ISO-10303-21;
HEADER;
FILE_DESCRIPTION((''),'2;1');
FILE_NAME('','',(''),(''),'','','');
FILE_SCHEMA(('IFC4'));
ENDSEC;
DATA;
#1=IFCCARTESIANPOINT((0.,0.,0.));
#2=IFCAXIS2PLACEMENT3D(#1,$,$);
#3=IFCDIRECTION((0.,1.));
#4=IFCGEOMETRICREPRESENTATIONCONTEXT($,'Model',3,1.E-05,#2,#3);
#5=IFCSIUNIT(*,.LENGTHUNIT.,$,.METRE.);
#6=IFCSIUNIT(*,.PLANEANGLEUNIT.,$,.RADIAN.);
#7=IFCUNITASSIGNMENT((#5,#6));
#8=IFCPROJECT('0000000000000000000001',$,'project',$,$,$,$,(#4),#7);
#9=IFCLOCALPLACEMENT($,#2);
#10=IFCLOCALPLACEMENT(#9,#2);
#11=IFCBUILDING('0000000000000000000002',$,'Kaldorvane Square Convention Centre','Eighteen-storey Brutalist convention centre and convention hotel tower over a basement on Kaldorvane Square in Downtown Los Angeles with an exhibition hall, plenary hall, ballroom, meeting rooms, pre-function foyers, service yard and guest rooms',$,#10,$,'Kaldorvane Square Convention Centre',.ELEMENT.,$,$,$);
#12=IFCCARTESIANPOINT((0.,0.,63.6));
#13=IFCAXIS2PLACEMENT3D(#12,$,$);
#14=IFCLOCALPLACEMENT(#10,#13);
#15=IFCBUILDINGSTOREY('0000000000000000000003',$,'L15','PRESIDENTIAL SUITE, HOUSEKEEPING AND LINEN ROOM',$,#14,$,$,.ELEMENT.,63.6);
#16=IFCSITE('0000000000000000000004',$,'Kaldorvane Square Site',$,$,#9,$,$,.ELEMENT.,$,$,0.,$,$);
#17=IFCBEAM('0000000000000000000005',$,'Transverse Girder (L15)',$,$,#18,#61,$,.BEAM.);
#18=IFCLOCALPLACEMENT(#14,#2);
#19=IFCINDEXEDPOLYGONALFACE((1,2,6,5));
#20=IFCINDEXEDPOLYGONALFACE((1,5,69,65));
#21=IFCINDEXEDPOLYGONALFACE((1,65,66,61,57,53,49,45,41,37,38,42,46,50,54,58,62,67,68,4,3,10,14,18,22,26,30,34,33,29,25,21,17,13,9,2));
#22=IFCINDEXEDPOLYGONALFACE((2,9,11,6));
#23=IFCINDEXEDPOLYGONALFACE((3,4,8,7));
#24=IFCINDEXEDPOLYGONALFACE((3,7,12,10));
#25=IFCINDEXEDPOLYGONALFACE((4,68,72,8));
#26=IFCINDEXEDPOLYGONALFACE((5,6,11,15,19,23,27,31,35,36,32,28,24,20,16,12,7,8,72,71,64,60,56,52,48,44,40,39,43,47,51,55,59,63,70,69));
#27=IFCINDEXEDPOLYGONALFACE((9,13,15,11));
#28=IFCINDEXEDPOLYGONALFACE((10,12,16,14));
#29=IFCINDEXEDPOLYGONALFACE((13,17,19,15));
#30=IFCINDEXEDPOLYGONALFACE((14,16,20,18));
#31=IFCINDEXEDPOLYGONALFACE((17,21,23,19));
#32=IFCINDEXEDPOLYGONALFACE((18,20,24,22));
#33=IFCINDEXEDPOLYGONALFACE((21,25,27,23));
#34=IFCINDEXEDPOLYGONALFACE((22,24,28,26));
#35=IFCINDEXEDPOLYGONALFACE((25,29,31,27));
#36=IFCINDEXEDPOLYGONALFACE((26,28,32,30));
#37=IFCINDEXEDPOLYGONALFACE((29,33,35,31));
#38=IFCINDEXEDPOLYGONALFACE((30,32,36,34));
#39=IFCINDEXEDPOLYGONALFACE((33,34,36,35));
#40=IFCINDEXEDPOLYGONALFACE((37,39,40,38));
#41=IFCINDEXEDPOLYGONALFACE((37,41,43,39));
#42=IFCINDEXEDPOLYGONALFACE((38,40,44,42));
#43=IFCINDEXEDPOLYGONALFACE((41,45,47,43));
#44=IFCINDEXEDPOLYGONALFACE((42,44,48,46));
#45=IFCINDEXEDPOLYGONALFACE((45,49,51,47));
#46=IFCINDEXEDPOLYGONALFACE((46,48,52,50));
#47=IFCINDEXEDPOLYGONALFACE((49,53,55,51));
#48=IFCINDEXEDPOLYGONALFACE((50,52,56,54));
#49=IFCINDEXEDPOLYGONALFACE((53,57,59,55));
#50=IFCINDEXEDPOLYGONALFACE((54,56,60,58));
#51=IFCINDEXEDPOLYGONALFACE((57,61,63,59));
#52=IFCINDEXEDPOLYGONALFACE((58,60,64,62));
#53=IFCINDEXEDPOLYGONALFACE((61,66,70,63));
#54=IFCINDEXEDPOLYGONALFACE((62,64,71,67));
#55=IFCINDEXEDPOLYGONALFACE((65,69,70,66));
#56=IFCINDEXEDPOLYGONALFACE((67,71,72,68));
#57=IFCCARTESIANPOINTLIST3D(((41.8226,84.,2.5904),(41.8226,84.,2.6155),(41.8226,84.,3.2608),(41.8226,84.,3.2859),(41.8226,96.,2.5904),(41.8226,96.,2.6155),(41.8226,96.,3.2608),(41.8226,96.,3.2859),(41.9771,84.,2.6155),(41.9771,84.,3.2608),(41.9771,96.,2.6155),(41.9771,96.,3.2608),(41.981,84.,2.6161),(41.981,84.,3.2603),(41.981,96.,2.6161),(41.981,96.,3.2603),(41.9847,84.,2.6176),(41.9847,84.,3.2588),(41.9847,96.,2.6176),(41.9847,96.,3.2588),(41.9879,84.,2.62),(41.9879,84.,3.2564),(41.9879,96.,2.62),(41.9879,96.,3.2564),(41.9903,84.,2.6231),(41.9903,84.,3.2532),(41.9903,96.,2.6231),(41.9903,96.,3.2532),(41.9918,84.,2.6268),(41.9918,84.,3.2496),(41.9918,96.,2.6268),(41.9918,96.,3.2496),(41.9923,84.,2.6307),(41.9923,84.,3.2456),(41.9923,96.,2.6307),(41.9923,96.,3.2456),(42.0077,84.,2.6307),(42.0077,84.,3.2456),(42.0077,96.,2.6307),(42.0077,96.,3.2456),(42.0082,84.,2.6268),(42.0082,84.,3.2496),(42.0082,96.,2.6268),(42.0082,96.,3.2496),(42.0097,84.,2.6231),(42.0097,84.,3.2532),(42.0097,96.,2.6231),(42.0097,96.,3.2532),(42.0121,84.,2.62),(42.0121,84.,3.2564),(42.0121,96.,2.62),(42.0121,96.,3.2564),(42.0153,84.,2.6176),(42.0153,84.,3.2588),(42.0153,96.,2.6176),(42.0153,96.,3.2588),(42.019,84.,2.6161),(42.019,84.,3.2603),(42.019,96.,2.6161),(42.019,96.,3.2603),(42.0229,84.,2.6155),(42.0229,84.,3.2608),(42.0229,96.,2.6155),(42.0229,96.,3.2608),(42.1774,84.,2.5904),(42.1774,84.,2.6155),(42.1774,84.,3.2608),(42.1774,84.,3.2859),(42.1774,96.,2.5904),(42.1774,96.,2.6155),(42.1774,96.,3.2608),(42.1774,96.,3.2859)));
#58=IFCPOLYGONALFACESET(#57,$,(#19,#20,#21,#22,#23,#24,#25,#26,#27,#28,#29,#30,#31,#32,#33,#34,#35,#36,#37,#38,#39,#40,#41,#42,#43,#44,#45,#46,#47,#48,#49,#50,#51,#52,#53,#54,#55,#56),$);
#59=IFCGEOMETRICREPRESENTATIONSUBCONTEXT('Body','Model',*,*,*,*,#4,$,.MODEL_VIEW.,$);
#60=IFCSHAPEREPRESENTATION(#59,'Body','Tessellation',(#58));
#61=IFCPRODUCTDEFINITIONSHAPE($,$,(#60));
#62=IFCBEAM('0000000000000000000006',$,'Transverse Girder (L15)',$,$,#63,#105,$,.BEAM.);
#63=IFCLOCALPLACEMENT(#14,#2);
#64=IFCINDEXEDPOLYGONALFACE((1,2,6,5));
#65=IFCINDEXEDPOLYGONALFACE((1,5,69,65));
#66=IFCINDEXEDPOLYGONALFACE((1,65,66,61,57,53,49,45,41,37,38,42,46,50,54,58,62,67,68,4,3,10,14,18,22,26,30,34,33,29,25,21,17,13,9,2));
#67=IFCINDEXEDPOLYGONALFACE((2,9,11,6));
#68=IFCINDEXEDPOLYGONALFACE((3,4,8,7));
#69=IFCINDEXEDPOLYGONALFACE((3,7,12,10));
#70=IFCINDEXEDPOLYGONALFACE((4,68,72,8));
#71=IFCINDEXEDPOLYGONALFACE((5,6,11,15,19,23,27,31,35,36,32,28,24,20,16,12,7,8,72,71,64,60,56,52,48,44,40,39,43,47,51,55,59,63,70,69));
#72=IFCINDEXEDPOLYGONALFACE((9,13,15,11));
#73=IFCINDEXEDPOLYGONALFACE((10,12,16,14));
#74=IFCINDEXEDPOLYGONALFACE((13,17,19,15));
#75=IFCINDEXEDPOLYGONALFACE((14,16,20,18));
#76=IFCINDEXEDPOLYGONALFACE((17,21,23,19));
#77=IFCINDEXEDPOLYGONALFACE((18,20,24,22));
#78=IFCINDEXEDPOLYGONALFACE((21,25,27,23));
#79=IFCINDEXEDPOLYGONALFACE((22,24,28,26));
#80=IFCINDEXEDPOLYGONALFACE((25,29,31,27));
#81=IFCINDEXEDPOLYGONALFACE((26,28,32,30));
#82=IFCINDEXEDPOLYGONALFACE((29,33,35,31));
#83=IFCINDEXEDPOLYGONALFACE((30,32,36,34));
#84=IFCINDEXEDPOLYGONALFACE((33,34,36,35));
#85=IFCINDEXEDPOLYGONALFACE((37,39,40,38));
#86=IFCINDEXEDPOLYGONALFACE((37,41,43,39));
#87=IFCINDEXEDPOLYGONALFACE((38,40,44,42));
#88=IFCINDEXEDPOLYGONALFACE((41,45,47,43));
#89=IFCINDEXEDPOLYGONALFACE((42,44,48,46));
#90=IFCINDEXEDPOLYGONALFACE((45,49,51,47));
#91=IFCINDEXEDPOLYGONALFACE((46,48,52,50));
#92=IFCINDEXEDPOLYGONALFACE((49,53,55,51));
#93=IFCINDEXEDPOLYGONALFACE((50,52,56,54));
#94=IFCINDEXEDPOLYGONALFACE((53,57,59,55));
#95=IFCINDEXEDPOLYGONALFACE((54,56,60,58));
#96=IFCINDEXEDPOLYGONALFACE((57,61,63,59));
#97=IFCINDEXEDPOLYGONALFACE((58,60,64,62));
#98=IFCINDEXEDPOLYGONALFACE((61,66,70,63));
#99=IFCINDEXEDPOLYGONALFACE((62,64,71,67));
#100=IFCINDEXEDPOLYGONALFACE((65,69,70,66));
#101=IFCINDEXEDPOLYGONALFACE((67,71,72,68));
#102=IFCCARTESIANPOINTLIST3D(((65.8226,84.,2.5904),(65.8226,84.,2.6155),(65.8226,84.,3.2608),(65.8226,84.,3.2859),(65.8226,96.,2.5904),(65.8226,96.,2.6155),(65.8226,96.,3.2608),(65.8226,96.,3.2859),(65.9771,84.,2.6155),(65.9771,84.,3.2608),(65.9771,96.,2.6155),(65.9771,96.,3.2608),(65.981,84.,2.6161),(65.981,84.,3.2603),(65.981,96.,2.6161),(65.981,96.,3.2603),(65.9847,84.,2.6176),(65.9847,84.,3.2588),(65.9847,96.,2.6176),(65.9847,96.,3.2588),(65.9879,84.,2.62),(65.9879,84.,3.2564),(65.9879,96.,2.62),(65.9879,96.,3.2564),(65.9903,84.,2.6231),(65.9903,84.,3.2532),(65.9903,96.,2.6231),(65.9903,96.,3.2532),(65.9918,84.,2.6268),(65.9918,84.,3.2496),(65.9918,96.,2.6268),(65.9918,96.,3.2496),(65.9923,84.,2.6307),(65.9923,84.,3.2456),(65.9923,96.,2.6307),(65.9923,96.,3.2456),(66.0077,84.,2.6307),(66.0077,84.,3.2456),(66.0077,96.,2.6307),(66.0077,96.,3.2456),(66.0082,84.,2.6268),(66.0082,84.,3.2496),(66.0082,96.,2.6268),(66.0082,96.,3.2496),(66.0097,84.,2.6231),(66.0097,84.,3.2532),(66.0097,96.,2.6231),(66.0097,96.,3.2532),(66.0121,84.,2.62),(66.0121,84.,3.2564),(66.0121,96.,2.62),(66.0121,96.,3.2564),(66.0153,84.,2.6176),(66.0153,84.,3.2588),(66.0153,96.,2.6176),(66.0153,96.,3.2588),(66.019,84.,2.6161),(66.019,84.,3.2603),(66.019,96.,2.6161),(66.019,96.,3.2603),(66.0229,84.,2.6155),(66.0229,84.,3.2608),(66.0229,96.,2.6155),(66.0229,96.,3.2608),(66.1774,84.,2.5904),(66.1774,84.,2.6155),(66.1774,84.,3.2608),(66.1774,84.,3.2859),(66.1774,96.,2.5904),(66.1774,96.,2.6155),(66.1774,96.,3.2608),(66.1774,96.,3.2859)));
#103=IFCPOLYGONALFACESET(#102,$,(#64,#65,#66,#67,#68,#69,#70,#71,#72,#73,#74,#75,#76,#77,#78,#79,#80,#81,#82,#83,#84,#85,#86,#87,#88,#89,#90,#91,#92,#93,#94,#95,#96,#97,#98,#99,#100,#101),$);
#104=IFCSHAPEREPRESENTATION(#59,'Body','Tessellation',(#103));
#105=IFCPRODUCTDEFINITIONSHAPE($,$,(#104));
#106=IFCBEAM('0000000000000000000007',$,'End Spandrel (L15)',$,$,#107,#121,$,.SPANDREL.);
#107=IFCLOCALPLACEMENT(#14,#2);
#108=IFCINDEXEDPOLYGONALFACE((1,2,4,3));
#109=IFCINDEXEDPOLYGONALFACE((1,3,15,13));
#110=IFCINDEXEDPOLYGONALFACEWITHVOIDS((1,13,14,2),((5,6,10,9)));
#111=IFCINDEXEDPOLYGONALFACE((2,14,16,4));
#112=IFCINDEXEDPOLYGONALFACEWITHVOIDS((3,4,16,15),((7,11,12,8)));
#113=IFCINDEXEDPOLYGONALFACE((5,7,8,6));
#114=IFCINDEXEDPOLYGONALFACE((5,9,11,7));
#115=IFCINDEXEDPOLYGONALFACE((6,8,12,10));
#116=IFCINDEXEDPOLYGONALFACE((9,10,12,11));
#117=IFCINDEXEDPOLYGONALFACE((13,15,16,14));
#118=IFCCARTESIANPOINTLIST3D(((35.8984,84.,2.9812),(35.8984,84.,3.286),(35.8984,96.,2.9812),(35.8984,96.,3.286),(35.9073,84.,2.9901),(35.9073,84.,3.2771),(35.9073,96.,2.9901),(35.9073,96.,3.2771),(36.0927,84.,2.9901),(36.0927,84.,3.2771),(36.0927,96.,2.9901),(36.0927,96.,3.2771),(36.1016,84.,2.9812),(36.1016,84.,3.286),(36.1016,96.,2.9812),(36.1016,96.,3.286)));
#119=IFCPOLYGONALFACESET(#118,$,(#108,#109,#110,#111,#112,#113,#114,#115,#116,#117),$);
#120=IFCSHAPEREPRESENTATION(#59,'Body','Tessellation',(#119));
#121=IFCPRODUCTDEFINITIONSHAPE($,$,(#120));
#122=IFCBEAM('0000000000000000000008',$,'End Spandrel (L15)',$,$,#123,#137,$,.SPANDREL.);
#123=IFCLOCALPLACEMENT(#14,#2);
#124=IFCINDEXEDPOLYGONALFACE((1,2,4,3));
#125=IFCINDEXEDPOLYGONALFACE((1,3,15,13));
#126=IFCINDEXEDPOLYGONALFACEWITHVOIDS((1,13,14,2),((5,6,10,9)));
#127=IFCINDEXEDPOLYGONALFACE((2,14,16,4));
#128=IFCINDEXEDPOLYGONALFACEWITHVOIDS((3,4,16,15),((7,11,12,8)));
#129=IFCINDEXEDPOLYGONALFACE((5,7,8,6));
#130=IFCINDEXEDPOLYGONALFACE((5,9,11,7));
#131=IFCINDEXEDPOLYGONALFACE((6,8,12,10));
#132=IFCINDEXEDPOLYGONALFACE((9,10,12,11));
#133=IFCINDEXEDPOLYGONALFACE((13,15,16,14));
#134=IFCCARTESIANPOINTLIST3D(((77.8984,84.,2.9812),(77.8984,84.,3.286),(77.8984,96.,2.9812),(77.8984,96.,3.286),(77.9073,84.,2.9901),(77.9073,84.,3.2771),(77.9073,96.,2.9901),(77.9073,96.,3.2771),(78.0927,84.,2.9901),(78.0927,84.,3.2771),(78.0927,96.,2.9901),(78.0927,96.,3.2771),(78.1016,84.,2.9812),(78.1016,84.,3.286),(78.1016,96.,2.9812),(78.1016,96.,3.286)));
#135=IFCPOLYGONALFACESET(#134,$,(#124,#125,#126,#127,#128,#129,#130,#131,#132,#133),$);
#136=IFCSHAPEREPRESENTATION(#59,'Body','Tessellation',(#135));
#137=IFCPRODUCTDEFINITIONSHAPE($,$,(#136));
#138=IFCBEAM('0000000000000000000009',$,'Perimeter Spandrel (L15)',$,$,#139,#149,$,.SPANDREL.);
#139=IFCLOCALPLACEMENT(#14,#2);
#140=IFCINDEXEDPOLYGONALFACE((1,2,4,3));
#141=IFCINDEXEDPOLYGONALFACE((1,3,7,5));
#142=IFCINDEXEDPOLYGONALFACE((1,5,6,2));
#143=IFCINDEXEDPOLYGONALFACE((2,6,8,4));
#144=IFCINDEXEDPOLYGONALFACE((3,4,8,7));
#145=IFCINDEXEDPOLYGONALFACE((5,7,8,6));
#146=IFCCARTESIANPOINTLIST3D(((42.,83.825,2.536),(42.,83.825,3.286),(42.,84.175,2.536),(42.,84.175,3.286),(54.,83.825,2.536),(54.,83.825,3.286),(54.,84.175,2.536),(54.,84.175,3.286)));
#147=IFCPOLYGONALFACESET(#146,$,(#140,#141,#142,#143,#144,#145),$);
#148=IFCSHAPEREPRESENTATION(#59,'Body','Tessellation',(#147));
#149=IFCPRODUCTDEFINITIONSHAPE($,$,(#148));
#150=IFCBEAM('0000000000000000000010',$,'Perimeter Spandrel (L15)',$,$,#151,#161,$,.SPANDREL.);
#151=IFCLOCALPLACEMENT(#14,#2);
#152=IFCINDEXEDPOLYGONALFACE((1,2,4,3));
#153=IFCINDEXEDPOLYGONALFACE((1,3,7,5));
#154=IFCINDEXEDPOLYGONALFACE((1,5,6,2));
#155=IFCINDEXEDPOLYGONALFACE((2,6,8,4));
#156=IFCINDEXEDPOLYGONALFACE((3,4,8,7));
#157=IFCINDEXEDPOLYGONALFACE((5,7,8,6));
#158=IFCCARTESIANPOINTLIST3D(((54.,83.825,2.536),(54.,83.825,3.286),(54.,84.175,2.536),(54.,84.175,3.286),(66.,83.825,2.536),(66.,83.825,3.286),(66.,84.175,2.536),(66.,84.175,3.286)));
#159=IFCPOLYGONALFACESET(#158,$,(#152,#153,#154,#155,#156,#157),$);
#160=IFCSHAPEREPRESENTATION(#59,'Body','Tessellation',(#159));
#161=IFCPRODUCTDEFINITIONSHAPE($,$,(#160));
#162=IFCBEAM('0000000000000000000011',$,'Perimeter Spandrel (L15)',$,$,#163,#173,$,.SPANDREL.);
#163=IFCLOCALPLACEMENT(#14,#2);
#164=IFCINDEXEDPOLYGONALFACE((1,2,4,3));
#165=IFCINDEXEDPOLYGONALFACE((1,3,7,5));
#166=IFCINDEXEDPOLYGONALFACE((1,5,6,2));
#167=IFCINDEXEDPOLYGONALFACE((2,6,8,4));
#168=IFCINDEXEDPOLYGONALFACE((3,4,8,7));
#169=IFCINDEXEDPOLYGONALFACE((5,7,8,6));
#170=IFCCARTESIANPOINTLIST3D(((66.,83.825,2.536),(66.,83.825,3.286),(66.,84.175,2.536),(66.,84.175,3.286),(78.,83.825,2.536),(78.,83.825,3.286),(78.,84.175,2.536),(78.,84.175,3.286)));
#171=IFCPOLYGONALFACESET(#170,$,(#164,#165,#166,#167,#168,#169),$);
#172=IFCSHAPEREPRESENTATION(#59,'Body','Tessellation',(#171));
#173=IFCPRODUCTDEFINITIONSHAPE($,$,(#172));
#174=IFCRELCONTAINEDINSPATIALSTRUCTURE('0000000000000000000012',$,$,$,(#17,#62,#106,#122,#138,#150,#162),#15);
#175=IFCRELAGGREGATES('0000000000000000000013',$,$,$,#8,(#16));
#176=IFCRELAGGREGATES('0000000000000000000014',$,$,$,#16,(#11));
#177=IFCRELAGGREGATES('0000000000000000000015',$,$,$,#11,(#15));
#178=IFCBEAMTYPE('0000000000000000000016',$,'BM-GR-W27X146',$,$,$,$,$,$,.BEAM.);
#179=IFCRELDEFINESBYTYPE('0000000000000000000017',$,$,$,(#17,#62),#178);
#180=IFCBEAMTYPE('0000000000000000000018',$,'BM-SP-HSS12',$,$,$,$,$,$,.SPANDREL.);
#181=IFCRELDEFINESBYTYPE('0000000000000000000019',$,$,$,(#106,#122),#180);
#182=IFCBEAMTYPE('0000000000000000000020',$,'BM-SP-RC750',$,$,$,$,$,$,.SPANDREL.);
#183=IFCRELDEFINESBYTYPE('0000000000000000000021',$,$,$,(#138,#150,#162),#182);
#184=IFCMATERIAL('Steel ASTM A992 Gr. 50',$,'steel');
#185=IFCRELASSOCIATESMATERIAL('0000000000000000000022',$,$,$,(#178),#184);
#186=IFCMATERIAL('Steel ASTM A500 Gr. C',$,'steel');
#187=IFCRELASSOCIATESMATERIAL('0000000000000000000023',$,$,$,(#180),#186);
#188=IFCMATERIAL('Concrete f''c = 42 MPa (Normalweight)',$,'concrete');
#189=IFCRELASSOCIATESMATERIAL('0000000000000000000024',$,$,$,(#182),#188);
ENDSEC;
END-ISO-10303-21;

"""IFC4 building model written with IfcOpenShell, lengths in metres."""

from ifc_helpers import new_model, si_unit, direction, frame, origin, origin_2d, place, context, subcontext, project, spatial, rectangle, hollow_rectangle, i_section, extrude, material, material_profile, profile_set, type_object, element, save


model = new_model("IFC4")

# Units and contexts
model_context = context("Model", 3, precision=1e-05, world=origin(), true_north=direction((0.0, 1.0)))
body_context = subcontext(model_context, "Body", "Model", "MODEL_VIEW")
ifc_project = project(units=[si_unit("LENGTHUNIT", "METRE"), si_unit("PLANEANGLEUNIT", "RADIAN")], contexts=[model_context])

# Site, building, storey
site_placement = place(None, origin())
site = spatial("IfcSite", under=ifc_project, at=site_placement, Name="Kaldorvane Square Site", CompositionType="ELEMENT", RefElevation=0.0)
building_placement = place(site_placement, origin())
building = spatial("IfcBuilding", under=site, at=building_placement, Name="Kaldorvane Square Convention Centre", Description="Eighteen-storey Brutalist convention centre and convention hotel tower over a basement on Kaldorvane Square in Downtown Los Angeles with an exhibition hall, plenary hall, ballroom, meeting rooms, pre-function foyers, service yard and guest rooms", LongName="Kaldorvane Square Convention Centre", CompositionType="ELEMENT")
storey_placement = place(building_placement, frame((0.0, 0.0, 63.6)))
storey = spatial("IfcBuildingStorey", under=building, at=storey_placement, Name="L15", Description="PRESIDENTIAL SUITE, HOUSEKEEPING AND LINEN ROOM", CompositionType="ELEMENT", Elevation=63.6)

# Beams
ifc_material_1 = material(Name="Steel ASTM A992 Gr. 50", Category="steel")
ifc_material_profile_1 = material_profile(ifc_material_1, i_section(OverallWidth=0.3547, OverallDepth=0.6955, WebThickness=0.0154, FlangeThickness=0.0251, FilletRadius=0.0152, at=origin_2d()), Name="W27X146")
ifc_profile_set_1 = profile_set([ifc_material_profile_1], Name="Steel ASTM A992 Gr. 50")
beam_type_1 = type_object("IfcBeamType", Name="BM-GR-W27X146", PredefinedType="BEAM", material=ifc_profile_set_1)
for number, where, z_axis, x_axis, name in (
    (1, (42.0, 84.0, 2.9382), (0.0, 1.0, 0.0), (-1.0, 0.0, 0.0), "Transverse Girder (L15)"),
    (2, (66.0, 84.0, 2.9382), (0.0, 1.0, 0.0), (-1.0, 0.0, 0.0), "Transverse Girder (L15)"),
):
    element("IfcBeam", number, at=place(storey_placement, frame(where, z_axis=z_axis, x_axis=x_axis)), inside=storey, type_object=beam_type_1, Name=name, PredefinedType="BEAM", context=body_context, shape_type="SweptSolid", body=[
        extrude(i_section(OverallWidth=0.3547, OverallDepth=0.6955, WebThickness=0.0154, FlangeThickness=0.0251, FilletRadius=0.0152, at=origin_2d()), origin(), (0.0, 0.0, 1.0), 12.0),
    ])
ifc_material_2 = material(Name="Steel ASTM A500 Gr. C", Category="steel")
ifc_material_profile_2 = material_profile(ifc_material_2, hollow_rectangle(XDim=0.2032, YDim=0.3048, WallThickness=0.0089, at=origin_2d()), Name="HSS12X8X3/8")
ifc_profile_set_2 = profile_set([ifc_material_profile_2], Name="Steel ASTM A500 Gr. C")
beam_type_2 = type_object("IfcBeamType", Name="BM-SP-HSS12", PredefinedType="SPANDREL", material=ifc_profile_set_2)
for number, where, z_axis, x_axis, name in (
    (3, (36.0, 84.0, 3.1336), (0.0, 1.0, 0.0), (-1.0, 0.0, 0.0), "End Spandrel (L15)"),
    (4, (78.0, 84.0, 3.1336), (0.0, 1.0, 0.0), (-1.0, 0.0, 0.0), "End Spandrel (L15)"),
):
    element("IfcBeam", number, at=place(storey_placement, frame(where, z_axis=z_axis, x_axis=x_axis)), inside=storey, type_object=beam_type_2, Name=name, PredefinedType="SPANDREL", context=body_context, shape_type="SweptSolid", body=[
        extrude(hollow_rectangle(XDim=0.2032, YDim=0.3048, WallThickness=0.0089, at=origin_2d()), origin(), (0.0, 0.0, 1.0), 12.0),
    ])
ifc_material_3 = material(Name="Concrete f'c = 42 MPa (Normalweight)", Category="concrete")
ifc_material_profile_3 = material_profile(ifc_material_3, rectangle(XDim=0.35, YDim=0.75, at=origin_2d()), Name="RCSP750X350")
ifc_profile_set_3 = profile_set([ifc_material_profile_3], Name="Concrete f'c = 42 MPa (Normalweight)")
beam_type_3 = type_object("IfcBeamType", Name="BM-SP-RC750", PredefinedType="SPANDREL", material=ifc_profile_set_3)
for number, where, z_axis, x_axis, name in (
    (5, (42.0, 84.0, 2.911), (1.0, 0.0, 0.0), (0.0, 1.0, 0.0), "Perimeter Spandrel (L15)"),
    (6, (54.0, 84.0, 2.911), (1.0, 0.0, 0.0), (0.0, 1.0, 0.0), "Perimeter Spandrel (L15)"),
    (7, (66.0, 84.0, 2.911), (1.0, 0.0, 0.0), (0.0, 1.0, 0.0), "Perimeter Spandrel (L15)"),
):
    element("IfcBeam", number, at=place(storey_placement, frame(where, z_axis=z_axis, x_axis=x_axis)), inside=storey, type_object=beam_type_3, Name=name, PredefinedType="SPANDREL", context=body_context, shape_type="SweptSolid", body=[
        extrude(rectangle(XDim=0.35, YDim=0.75, at=origin_2d()), origin(), (0.0, 0.0, 1.0), 12.0),
    ])

save(model, "model.ifc")
